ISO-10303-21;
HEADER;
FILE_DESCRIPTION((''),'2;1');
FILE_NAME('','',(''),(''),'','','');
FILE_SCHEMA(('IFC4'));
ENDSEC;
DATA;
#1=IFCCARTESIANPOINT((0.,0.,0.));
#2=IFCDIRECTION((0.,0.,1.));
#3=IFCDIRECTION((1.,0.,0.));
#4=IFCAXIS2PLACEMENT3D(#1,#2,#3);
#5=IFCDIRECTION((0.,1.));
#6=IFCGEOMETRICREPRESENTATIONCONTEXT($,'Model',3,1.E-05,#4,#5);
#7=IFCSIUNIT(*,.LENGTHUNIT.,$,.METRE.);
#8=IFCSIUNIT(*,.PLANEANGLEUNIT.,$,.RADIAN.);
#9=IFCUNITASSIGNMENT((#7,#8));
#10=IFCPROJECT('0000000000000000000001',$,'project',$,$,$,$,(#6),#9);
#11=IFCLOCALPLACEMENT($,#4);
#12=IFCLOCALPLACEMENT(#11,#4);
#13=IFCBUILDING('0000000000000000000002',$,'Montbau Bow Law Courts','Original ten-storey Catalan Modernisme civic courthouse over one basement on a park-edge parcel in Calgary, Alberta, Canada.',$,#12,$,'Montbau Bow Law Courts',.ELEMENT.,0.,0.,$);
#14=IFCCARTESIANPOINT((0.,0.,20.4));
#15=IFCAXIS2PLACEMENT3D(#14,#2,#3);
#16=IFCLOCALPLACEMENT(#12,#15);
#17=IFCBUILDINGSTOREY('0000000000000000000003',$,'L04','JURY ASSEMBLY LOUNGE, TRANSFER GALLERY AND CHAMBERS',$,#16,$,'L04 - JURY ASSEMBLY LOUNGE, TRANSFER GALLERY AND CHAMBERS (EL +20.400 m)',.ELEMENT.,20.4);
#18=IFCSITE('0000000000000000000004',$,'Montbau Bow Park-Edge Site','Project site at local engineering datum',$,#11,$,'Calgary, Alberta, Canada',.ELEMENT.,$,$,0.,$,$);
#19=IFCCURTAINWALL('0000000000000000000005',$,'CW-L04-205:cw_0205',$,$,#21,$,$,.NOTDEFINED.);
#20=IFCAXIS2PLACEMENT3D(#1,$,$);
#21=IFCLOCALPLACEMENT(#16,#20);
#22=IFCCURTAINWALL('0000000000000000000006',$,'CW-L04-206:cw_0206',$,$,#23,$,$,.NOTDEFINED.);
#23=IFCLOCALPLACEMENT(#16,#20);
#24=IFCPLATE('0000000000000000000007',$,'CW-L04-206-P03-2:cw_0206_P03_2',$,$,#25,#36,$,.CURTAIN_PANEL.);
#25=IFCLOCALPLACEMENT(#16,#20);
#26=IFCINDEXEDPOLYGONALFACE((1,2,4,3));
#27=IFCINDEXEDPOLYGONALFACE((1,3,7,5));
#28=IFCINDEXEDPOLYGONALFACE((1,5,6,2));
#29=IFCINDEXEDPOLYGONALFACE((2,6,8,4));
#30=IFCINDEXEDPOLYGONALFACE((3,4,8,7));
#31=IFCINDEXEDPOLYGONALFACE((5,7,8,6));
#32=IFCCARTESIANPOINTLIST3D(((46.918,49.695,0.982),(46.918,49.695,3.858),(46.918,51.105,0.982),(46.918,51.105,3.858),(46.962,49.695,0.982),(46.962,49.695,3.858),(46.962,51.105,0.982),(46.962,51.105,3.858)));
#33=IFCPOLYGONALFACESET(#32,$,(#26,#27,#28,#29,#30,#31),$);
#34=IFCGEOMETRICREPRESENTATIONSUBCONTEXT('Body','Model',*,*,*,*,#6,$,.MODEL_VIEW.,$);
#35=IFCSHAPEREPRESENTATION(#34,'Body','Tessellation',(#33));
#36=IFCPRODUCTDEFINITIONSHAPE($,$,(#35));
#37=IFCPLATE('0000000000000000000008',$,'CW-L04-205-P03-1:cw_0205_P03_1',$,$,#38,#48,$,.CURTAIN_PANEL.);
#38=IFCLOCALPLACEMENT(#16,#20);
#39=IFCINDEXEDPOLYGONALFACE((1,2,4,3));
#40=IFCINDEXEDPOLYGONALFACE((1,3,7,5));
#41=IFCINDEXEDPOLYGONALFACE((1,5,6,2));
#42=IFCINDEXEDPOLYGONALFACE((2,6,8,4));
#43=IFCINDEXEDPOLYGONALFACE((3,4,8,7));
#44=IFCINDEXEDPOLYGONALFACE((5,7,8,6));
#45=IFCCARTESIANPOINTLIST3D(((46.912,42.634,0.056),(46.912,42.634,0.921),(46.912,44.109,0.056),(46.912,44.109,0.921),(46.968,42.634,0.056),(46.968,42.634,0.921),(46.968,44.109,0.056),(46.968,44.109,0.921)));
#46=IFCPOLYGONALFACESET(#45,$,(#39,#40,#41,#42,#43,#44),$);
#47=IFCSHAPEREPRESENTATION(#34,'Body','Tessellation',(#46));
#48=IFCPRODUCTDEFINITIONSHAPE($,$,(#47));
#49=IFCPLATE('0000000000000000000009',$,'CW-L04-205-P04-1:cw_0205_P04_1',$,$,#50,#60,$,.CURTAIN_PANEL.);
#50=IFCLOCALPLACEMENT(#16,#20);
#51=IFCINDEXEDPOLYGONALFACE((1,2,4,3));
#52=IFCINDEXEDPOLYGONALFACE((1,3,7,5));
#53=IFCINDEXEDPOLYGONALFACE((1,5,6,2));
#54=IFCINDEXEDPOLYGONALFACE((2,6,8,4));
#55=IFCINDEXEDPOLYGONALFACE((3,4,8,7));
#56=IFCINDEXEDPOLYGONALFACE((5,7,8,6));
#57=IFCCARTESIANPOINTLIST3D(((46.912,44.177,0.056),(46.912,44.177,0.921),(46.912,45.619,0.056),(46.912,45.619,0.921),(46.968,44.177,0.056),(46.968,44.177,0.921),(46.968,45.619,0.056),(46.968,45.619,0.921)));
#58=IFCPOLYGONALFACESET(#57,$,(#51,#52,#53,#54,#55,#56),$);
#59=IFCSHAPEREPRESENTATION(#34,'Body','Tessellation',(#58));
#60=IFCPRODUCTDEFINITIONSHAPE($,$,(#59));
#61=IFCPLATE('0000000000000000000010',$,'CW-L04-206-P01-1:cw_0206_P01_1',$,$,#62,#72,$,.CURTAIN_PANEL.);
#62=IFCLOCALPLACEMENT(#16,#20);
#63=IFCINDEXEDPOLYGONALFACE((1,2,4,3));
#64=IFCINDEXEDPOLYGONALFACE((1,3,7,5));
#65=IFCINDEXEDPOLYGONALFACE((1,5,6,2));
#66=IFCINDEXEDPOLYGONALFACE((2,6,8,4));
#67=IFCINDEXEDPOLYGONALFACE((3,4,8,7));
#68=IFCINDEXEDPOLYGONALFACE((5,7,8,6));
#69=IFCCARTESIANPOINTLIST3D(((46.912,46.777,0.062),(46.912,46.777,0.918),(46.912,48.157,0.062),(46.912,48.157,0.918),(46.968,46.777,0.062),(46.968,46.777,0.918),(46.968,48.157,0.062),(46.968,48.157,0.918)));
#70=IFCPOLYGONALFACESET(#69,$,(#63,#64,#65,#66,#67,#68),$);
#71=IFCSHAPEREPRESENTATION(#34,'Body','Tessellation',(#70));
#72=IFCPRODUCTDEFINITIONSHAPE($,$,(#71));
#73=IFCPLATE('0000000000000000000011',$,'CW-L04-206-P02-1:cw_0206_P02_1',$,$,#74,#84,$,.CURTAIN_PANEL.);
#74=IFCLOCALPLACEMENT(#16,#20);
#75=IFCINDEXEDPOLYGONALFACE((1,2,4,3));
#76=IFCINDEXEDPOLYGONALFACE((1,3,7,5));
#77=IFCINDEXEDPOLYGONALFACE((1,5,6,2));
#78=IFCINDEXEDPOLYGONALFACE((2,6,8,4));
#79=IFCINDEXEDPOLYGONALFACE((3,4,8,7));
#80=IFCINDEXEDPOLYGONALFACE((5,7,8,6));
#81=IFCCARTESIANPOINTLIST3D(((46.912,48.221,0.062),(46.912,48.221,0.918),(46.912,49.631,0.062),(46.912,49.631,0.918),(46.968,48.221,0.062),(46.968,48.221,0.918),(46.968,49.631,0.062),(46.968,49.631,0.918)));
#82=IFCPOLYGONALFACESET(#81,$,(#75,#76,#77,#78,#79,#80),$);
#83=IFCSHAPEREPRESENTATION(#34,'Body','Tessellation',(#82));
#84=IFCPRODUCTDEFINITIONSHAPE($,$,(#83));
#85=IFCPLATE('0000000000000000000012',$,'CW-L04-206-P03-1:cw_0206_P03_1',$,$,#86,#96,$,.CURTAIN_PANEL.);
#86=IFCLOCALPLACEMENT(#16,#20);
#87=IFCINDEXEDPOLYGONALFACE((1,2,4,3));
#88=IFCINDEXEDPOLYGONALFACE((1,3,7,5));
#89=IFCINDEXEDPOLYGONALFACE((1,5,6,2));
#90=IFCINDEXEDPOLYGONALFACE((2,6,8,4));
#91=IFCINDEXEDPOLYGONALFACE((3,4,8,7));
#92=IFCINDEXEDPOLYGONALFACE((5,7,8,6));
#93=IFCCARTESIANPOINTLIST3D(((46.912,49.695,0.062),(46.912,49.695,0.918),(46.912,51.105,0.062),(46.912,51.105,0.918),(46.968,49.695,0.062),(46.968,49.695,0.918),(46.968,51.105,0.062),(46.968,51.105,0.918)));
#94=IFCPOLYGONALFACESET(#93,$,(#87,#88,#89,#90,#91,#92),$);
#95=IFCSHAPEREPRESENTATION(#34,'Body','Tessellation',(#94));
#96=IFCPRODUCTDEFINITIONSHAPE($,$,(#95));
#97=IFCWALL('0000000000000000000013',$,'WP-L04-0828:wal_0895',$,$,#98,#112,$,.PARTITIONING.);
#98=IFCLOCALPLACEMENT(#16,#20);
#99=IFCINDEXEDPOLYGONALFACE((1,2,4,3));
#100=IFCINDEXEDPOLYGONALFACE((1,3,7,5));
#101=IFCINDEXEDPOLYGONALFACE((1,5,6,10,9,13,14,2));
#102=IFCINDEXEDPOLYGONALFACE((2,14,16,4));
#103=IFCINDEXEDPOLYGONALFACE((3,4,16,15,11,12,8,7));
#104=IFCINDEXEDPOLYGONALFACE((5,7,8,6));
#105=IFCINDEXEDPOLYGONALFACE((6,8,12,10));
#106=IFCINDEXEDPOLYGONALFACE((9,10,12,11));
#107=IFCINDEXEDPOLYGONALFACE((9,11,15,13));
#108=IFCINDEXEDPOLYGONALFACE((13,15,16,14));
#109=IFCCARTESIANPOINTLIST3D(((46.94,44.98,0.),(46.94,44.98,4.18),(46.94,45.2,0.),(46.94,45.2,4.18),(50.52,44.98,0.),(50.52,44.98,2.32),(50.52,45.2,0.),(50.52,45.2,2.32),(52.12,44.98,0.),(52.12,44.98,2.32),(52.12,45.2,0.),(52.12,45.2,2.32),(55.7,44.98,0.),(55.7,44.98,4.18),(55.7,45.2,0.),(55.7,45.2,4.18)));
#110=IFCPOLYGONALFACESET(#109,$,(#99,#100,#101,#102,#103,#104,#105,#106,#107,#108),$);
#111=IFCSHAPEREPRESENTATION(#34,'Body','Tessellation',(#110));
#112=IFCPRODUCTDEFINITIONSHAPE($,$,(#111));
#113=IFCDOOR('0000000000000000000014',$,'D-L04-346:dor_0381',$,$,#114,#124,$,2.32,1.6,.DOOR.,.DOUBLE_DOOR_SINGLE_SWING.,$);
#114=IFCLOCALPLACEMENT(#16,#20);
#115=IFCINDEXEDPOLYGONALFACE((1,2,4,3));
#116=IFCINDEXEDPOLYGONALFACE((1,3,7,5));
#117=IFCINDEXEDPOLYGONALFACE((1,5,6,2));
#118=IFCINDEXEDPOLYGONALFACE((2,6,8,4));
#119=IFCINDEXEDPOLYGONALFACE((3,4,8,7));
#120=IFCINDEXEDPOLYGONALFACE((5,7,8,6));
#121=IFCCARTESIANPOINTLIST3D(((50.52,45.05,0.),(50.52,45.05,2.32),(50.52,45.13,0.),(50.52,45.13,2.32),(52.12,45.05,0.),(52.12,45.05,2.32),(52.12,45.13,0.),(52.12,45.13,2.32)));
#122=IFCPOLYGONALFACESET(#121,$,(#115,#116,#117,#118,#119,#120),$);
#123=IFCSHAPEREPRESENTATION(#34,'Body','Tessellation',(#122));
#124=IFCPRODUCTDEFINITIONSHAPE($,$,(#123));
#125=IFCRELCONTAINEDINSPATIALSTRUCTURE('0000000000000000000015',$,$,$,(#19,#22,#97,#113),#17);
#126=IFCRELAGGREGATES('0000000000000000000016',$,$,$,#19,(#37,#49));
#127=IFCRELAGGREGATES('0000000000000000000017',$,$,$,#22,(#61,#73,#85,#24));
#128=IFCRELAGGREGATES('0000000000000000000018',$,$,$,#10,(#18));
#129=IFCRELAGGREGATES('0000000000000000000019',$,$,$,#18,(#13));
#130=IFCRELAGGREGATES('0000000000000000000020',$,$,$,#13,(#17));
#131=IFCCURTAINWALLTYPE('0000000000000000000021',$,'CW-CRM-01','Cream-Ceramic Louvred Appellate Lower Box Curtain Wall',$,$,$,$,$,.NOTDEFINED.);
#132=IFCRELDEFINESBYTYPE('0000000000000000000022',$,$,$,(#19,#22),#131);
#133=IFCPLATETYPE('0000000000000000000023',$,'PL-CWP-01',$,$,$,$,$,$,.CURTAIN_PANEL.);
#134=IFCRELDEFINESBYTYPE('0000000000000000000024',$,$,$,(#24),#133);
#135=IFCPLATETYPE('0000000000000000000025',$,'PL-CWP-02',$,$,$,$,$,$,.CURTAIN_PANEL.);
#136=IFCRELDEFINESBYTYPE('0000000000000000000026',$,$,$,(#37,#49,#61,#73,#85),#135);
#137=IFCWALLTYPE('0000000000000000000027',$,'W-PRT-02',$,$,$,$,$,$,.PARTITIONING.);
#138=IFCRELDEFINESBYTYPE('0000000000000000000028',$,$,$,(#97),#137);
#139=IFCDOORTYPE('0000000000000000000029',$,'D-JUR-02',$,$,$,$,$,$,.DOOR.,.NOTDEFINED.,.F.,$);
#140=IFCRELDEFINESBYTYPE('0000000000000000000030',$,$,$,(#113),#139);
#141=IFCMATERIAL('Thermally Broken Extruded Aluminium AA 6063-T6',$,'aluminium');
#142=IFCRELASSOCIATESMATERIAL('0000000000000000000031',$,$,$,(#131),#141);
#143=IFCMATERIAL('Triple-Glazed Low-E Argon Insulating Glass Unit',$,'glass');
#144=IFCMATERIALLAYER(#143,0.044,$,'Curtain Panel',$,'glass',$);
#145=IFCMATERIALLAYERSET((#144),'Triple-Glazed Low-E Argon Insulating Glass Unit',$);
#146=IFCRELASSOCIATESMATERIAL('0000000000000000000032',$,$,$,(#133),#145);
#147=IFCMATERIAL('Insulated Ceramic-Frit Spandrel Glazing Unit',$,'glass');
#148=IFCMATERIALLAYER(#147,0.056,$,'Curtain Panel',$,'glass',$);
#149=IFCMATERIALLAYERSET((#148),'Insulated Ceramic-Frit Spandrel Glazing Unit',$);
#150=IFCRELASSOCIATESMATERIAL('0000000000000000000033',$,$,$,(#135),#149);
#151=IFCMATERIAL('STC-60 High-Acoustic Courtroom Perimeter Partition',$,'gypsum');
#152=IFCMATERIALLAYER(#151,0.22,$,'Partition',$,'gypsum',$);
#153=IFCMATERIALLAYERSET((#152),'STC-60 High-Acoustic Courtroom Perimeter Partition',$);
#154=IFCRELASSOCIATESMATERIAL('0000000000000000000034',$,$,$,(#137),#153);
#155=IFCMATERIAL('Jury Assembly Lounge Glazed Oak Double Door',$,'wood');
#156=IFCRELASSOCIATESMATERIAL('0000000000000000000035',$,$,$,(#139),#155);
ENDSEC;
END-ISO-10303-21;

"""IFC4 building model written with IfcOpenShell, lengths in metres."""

from ifc_helpers import new_model, si_unit, direction, frame, frame_2d, origin_with_axes, place, context, subcontext, project, spatial, rectangle, extrude, material, layer, layer_set, type_object, element, fill, aggregate, save


model = new_model("IFC4")

# Units and contexts
model_context = context("Model", 3, precision=1e-05, world=origin_with_axes(), true_north=direction((0.0, 1.0)))
body_context = subcontext(model_context, "Body", "Model", "MODEL_VIEW")
ifc_project = project(units=[si_unit("LENGTHUNIT", "METRE"), si_unit("PLANEANGLEUNIT", "RADIAN")], contexts=[model_context])

# Site, building, storey
site_placement = place(None, origin_with_axes())
site = spatial("IfcSite", under=ifc_project, at=site_placement, Name="Montbau Bow Park-Edge Site", Description="Project site at local engineering datum", LongName="Calgary, Alberta, Canada", CompositionType="ELEMENT", RefElevation=0.0)
building_placement = place(site_placement, origin_with_axes())
building = spatial("IfcBuilding", under=site, at=building_placement, Name="Montbau Bow Law Courts", Description="Original ten-storey Catalan Modernisme civic courthouse over one basement on a park-edge parcel in Calgary, Alberta, Canada.", LongName="Montbau Bow Law Courts", CompositionType="ELEMENT", ElevationOfRefHeight=0.0, ElevationOfTerrain=0.0)
storey_placement = place(building_placement, frame((0.0, 0.0, 20.4), z_axis=(0.0, 0.0, 1.0), x_axis=(1.0, 0.0, 0.0)))
storey = spatial("IfcBuildingStorey", under=building, at=storey_placement, Name="L04", Description="JURY ASSEMBLY LOUNGE, TRANSFER GALLERY AND CHAMBERS", LongName="L04 - JURY ASSEMBLY LOUNGE, TRANSFER GALLERY AND CHAMBERS (EL +20.400 m)", CompositionType="ELEMENT", Elevation=20.4)

# Curtain walls
ifc_material_1 = material(Name="Thermally Broken Extruded Aluminium AA 6063-T6", Category="aluminium")
curtain_wall_type = type_object("IfcCurtainWallType", Name="CW-CRM-01", Description="Cream-Ceramic Louvred Appellate Lower Box Curtain Wall", PredefinedType="NOTDEFINED", material=ifc_material_1)
curtain_wall_1_placement = place(None, frame((46.94, 39.515, 20.4), z_axis=(0.0, 0.0, 1.0), x_axis=(1.0, 0.0, 0.0)))
curtain_wall_1 = element("IfcCurtainWall", 1, at=curtain_wall_1_placement, inside=storey, type_object=curtain_wall_type, Name="CW-L04-205:cw_0205", PredefinedType="NOTDEFINED")
curtain_wall_2_placement = place(None, frame((46.94, 46.715, 20.4), z_axis=(0.0, 0.0, 1.0), x_axis=(1.0, 0.0, 0.0)))
curtain_wall_2 = element("IfcCurtainWall", 2, at=curtain_wall_2_placement, inside=storey, type_object=curtain_wall_type, Name="CW-L04-206:cw_0206", PredefinedType="NOTDEFINED")

# Plates
ifc_material_2 = material(Name="Triple-Glazed Low-E Argon Insulating Glass Unit", Category="glass")
ifc_layer_1 = layer(ifc_material_2, 0.044, Name="Curtain Panel", Category="glass")
ifc_layer_set_1 = layer_set([ifc_layer_1], Name="Triple-Glazed Low-E Argon Insulating Glass Unit")
plate_type_1 = type_object("IfcPlateType", Name="PL-CWP-01", PredefinedType="CURTAIN_PANEL", material=ifc_layer_set_1)
plate_1_placement = place(None, frame((46.94, 49.695, 21.382), z_axis=(1.0, 0.0, 0.0), x_axis=(0.0, 1.0, 0.0)))
plate_1 = element("IfcPlate", 3, at=plate_1_placement, type_object=plate_type_1, Name="CW-L04-206-P03-2:cw_0206_P03_2", PredefinedType="CURTAIN_PANEL", context=body_context, shape_type="SweptSolid", body=[
    extrude(rectangle(XDim=1.41, YDim=2.876, at=frame_2d((0.705, 1.438), x_axis=(1.0, 0.0))), frame((0.0, 0.0, -0.022), z_axis=(0.0, 0.0, 1.0), x_axis=(1.0, 0.0, 0.0)), (0.0, 0.0, 1.0), 0.044),
])
ifc_material_3 = material(Name="Insulated Ceramic-Frit Spandrel Glazing Unit", Category="glass")
ifc_layer_2 = layer(ifc_material_3, 0.056, Name="Curtain Panel", Category="glass")
ifc_layer_set_2 = layer_set([ifc_layer_2], Name="Insulated Ceramic-Frit Spandrel Glazing Unit")
plate_type_2 = type_object("IfcPlateType", Name="PL-CWP-02", PredefinedType="CURTAIN_PANEL", material=ifc_layer_set_2)
plate_2_placement = place(None, frame((46.94, 42.634, 20.456), z_axis=(1.0, 0.0, 0.0), x_axis=(0.0, 1.0, 0.0)))
plate_2 = element("IfcPlate", 4, at=plate_2_placement, type_object=plate_type_2, Name="CW-L04-205-P03-1:cw_0205_P03_1", PredefinedType="CURTAIN_PANEL", context=body_context, shape_type="SweptSolid", body=[
    extrude(rectangle(XDim=1.475, YDim=0.865, at=frame_2d((0.7375, 0.4325), x_axis=(1.0, 0.0))), frame((0.0, 0.0, -0.028), z_axis=(0.0, 0.0, 1.0), x_axis=(1.0, 0.0, 0.0)), (0.0, 0.0, 1.0), 0.056),
])
plate_3_placement = place(None, frame((46.94, 44.177, 20.456), z_axis=(1.0, 0.0, 0.0), x_axis=(0.0, 1.0, 0.0)))
plate_3 = element("IfcPlate", 5, at=plate_3_placement, type_object=plate_type_2, Name="CW-L04-205-P04-1:cw_0205_P04_1", PredefinedType="CURTAIN_PANEL", context=body_context, shape_type="SweptSolid", body=[
    extrude(rectangle(XDim=1.442, YDim=0.865, at=frame_2d((0.721, 0.4325), x_axis=(1.0, 0.0))), frame((0.0, 0.0, -0.028), z_axis=(0.0, 0.0, 1.0), x_axis=(1.0, 0.0, 0.0)), (0.0, 0.0, 1.0), 0.056),
])
aggregate(curtain_wall_1, [plate_2, plate_3])
plate_4_placement = place(None, frame((46.94, 46.777, 20.462), z_axis=(1.0, 0.0, 0.0), x_axis=(0.0, 1.0, 0.0)))
plate_4 = element("IfcPlate", 6, at=plate_4_placement, type_object=plate_type_2, Name="CW-L04-206-P01-1:cw_0206_P01_1", PredefinedType="CURTAIN_PANEL", context=body_context, shape_type="SweptSolid", body=[
    extrude(rectangle(XDim=1.38, YDim=0.856, at=frame_2d((0.69, 0.428), x_axis=(1.0, 0.0))), frame((0.0, 0.0, -0.028), z_axis=(0.0, 0.0, 1.0), x_axis=(1.0, 0.0, 0.0)), (0.0, 0.0, 1.0), 0.056),
])
plate_5_placement = place(None, frame((46.94, 48.221, 20.462), z_axis=(1.0, 0.0, 0.0), x_axis=(0.0, 1.0, 0.0)))
plate_5 = element("IfcPlate", 7, at=plate_5_placement, type_object=plate_type_2, Name="CW-L04-206-P02-1:cw_0206_P02_1", PredefinedType="CURTAIN_PANEL", context=body_context, shape_type="SweptSolid", body=[
    extrude(rectangle(XDim=1.41, YDim=0.856, at=frame_2d((0.705, 0.428), x_axis=(1.0, 0.0))), frame((0.0, 0.0, -0.028), z_axis=(0.0, 0.0, 1.0), x_axis=(1.0, 0.0, 0.0)), (0.0, 0.0, 1.0), 0.056),
])
plate_6_placement = place(None, frame((46.94, 49.695, 20.462), z_axis=(1.0, 0.0, 0.0), x_axis=(0.0, 1.0, 0.0)))
plate_6 = element("IfcPlate", 8, at=plate_6_placement, type_object=plate_type_2, Name="CW-L04-206-P03-1:cw_0206_P03_1", PredefinedType="CURTAIN_PANEL", context=body_context, shape_type="SweptSolid", body=[
    extrude(rectangle(XDim=1.41, YDim=0.856, at=frame_2d((0.705, 0.428), x_axis=(1.0, 0.0))), frame((0.0, 0.0, -0.028), z_axis=(0.0, 0.0, 1.0), x_axis=(1.0, 0.0, 0.0)), (0.0, 0.0, 1.0), 0.056),
])
aggregate(curtain_wall_2, [plate_4, plate_5, plate_6, plate_1])

# Wall, opening, door
ifc_material_4 = material(Name="STC-60 High-Acoustic Courtroom Perimeter Partition", Category="gypsum")
ifc_layer_3 = layer(ifc_material_4, 0.22, Name="Partition", Category="gypsum")
ifc_layer_set_3 = layer_set([ifc_layer_3], Name="STC-60 High-Acoustic Courtroom Perimeter Partition")
wall_type = type_object("IfcWallType", Name="W-PRT-02", PredefinedType="PARTITIONING", material=ifc_layer_set_3)
wall_1_placement = place(None, frame((46.94, 45.09, 20.4), z_axis=(0.0, 0.0, 1.0), x_axis=(1.0, 0.0, 0.0)))
wall_1 = element("IfcWall", 9, at=wall_1_placement, inside=storey, type_object=wall_type, Name="WP-L04-0828:wal_0895", PredefinedType="PARTITIONING", context=body_context, shape_type="SweptSolid", body=[
    extrude(rectangle(XDim=8.76, YDim=0.22, at=frame_2d((4.38, 0.0), x_axis=(1.0, 0.0))), origin_with_axes(), (0.0, 0.0, 1.0), 4.18),
])
opening_1_placement = place(None, frame((51.32, 45.09, 20.4), z_axis=(0.0, 0.0, 1.0), x_axis=(1.0, 0.0, 0.0)))
opening_1 = element("IfcOpeningElement", 10, at=opening_1_placement, cuts=wall_1, PredefinedType="OPENING", context=body_context, shape_type="SweptSolid", body=[
    extrude(rectangle(XDim=1.6, YDim=2.32, at=frame_2d((0.0, 1.16), x_axis=(1.0, 0.0))), frame((0.0, 0.12, 0.0), z_axis=(0.0, -1.0, 0.0), x_axis=(1.0, 0.0, 0.0)), (0.0, 0.0, 1.0), 0.24),
])
ifc_material_5 = material(Name="Jury Assembly Lounge Glazed Oak Double Door", Category="wood")
door_type_1 = type_object("IfcDoorType", Name="D-JUR-02", OperationType="NOTDEFINED", ParameterTakesPrecedence=False, PredefinedType="DOOR", material=ifc_material_5)
door_1_placement = place(None, frame((51.32, 45.09, 20.4), z_axis=(0.0, 0.0, 1.0), x_axis=(-1.0, 0.0, 0.0)))
door_1 = element("IfcDoor", 11, at=door_1_placement, inside=storey, type_object=door_type_1, Name="D-L04-346:dor_0381", OperationType="DOUBLE_DOOR_SINGLE_SWING", OverallHeight=2.32, OverallWidth=1.6, PredefinedType="DOOR", context=body_context, shape_type="SweptSolid", body=[
    extrude(rectangle(XDim=1.6, YDim=2.32, at=frame_2d((0.0, 1.16), x_axis=(1.0, 0.0))), frame((0.0, 0.04, 0.0), z_axis=(0.0, -1.0, 0.0), x_axis=(1.0, 0.0, 0.0)), (0.0, 0.0, 1.0), 0.08),
])
fill(opening_1, door_1)

save(model, "model.ifc")
